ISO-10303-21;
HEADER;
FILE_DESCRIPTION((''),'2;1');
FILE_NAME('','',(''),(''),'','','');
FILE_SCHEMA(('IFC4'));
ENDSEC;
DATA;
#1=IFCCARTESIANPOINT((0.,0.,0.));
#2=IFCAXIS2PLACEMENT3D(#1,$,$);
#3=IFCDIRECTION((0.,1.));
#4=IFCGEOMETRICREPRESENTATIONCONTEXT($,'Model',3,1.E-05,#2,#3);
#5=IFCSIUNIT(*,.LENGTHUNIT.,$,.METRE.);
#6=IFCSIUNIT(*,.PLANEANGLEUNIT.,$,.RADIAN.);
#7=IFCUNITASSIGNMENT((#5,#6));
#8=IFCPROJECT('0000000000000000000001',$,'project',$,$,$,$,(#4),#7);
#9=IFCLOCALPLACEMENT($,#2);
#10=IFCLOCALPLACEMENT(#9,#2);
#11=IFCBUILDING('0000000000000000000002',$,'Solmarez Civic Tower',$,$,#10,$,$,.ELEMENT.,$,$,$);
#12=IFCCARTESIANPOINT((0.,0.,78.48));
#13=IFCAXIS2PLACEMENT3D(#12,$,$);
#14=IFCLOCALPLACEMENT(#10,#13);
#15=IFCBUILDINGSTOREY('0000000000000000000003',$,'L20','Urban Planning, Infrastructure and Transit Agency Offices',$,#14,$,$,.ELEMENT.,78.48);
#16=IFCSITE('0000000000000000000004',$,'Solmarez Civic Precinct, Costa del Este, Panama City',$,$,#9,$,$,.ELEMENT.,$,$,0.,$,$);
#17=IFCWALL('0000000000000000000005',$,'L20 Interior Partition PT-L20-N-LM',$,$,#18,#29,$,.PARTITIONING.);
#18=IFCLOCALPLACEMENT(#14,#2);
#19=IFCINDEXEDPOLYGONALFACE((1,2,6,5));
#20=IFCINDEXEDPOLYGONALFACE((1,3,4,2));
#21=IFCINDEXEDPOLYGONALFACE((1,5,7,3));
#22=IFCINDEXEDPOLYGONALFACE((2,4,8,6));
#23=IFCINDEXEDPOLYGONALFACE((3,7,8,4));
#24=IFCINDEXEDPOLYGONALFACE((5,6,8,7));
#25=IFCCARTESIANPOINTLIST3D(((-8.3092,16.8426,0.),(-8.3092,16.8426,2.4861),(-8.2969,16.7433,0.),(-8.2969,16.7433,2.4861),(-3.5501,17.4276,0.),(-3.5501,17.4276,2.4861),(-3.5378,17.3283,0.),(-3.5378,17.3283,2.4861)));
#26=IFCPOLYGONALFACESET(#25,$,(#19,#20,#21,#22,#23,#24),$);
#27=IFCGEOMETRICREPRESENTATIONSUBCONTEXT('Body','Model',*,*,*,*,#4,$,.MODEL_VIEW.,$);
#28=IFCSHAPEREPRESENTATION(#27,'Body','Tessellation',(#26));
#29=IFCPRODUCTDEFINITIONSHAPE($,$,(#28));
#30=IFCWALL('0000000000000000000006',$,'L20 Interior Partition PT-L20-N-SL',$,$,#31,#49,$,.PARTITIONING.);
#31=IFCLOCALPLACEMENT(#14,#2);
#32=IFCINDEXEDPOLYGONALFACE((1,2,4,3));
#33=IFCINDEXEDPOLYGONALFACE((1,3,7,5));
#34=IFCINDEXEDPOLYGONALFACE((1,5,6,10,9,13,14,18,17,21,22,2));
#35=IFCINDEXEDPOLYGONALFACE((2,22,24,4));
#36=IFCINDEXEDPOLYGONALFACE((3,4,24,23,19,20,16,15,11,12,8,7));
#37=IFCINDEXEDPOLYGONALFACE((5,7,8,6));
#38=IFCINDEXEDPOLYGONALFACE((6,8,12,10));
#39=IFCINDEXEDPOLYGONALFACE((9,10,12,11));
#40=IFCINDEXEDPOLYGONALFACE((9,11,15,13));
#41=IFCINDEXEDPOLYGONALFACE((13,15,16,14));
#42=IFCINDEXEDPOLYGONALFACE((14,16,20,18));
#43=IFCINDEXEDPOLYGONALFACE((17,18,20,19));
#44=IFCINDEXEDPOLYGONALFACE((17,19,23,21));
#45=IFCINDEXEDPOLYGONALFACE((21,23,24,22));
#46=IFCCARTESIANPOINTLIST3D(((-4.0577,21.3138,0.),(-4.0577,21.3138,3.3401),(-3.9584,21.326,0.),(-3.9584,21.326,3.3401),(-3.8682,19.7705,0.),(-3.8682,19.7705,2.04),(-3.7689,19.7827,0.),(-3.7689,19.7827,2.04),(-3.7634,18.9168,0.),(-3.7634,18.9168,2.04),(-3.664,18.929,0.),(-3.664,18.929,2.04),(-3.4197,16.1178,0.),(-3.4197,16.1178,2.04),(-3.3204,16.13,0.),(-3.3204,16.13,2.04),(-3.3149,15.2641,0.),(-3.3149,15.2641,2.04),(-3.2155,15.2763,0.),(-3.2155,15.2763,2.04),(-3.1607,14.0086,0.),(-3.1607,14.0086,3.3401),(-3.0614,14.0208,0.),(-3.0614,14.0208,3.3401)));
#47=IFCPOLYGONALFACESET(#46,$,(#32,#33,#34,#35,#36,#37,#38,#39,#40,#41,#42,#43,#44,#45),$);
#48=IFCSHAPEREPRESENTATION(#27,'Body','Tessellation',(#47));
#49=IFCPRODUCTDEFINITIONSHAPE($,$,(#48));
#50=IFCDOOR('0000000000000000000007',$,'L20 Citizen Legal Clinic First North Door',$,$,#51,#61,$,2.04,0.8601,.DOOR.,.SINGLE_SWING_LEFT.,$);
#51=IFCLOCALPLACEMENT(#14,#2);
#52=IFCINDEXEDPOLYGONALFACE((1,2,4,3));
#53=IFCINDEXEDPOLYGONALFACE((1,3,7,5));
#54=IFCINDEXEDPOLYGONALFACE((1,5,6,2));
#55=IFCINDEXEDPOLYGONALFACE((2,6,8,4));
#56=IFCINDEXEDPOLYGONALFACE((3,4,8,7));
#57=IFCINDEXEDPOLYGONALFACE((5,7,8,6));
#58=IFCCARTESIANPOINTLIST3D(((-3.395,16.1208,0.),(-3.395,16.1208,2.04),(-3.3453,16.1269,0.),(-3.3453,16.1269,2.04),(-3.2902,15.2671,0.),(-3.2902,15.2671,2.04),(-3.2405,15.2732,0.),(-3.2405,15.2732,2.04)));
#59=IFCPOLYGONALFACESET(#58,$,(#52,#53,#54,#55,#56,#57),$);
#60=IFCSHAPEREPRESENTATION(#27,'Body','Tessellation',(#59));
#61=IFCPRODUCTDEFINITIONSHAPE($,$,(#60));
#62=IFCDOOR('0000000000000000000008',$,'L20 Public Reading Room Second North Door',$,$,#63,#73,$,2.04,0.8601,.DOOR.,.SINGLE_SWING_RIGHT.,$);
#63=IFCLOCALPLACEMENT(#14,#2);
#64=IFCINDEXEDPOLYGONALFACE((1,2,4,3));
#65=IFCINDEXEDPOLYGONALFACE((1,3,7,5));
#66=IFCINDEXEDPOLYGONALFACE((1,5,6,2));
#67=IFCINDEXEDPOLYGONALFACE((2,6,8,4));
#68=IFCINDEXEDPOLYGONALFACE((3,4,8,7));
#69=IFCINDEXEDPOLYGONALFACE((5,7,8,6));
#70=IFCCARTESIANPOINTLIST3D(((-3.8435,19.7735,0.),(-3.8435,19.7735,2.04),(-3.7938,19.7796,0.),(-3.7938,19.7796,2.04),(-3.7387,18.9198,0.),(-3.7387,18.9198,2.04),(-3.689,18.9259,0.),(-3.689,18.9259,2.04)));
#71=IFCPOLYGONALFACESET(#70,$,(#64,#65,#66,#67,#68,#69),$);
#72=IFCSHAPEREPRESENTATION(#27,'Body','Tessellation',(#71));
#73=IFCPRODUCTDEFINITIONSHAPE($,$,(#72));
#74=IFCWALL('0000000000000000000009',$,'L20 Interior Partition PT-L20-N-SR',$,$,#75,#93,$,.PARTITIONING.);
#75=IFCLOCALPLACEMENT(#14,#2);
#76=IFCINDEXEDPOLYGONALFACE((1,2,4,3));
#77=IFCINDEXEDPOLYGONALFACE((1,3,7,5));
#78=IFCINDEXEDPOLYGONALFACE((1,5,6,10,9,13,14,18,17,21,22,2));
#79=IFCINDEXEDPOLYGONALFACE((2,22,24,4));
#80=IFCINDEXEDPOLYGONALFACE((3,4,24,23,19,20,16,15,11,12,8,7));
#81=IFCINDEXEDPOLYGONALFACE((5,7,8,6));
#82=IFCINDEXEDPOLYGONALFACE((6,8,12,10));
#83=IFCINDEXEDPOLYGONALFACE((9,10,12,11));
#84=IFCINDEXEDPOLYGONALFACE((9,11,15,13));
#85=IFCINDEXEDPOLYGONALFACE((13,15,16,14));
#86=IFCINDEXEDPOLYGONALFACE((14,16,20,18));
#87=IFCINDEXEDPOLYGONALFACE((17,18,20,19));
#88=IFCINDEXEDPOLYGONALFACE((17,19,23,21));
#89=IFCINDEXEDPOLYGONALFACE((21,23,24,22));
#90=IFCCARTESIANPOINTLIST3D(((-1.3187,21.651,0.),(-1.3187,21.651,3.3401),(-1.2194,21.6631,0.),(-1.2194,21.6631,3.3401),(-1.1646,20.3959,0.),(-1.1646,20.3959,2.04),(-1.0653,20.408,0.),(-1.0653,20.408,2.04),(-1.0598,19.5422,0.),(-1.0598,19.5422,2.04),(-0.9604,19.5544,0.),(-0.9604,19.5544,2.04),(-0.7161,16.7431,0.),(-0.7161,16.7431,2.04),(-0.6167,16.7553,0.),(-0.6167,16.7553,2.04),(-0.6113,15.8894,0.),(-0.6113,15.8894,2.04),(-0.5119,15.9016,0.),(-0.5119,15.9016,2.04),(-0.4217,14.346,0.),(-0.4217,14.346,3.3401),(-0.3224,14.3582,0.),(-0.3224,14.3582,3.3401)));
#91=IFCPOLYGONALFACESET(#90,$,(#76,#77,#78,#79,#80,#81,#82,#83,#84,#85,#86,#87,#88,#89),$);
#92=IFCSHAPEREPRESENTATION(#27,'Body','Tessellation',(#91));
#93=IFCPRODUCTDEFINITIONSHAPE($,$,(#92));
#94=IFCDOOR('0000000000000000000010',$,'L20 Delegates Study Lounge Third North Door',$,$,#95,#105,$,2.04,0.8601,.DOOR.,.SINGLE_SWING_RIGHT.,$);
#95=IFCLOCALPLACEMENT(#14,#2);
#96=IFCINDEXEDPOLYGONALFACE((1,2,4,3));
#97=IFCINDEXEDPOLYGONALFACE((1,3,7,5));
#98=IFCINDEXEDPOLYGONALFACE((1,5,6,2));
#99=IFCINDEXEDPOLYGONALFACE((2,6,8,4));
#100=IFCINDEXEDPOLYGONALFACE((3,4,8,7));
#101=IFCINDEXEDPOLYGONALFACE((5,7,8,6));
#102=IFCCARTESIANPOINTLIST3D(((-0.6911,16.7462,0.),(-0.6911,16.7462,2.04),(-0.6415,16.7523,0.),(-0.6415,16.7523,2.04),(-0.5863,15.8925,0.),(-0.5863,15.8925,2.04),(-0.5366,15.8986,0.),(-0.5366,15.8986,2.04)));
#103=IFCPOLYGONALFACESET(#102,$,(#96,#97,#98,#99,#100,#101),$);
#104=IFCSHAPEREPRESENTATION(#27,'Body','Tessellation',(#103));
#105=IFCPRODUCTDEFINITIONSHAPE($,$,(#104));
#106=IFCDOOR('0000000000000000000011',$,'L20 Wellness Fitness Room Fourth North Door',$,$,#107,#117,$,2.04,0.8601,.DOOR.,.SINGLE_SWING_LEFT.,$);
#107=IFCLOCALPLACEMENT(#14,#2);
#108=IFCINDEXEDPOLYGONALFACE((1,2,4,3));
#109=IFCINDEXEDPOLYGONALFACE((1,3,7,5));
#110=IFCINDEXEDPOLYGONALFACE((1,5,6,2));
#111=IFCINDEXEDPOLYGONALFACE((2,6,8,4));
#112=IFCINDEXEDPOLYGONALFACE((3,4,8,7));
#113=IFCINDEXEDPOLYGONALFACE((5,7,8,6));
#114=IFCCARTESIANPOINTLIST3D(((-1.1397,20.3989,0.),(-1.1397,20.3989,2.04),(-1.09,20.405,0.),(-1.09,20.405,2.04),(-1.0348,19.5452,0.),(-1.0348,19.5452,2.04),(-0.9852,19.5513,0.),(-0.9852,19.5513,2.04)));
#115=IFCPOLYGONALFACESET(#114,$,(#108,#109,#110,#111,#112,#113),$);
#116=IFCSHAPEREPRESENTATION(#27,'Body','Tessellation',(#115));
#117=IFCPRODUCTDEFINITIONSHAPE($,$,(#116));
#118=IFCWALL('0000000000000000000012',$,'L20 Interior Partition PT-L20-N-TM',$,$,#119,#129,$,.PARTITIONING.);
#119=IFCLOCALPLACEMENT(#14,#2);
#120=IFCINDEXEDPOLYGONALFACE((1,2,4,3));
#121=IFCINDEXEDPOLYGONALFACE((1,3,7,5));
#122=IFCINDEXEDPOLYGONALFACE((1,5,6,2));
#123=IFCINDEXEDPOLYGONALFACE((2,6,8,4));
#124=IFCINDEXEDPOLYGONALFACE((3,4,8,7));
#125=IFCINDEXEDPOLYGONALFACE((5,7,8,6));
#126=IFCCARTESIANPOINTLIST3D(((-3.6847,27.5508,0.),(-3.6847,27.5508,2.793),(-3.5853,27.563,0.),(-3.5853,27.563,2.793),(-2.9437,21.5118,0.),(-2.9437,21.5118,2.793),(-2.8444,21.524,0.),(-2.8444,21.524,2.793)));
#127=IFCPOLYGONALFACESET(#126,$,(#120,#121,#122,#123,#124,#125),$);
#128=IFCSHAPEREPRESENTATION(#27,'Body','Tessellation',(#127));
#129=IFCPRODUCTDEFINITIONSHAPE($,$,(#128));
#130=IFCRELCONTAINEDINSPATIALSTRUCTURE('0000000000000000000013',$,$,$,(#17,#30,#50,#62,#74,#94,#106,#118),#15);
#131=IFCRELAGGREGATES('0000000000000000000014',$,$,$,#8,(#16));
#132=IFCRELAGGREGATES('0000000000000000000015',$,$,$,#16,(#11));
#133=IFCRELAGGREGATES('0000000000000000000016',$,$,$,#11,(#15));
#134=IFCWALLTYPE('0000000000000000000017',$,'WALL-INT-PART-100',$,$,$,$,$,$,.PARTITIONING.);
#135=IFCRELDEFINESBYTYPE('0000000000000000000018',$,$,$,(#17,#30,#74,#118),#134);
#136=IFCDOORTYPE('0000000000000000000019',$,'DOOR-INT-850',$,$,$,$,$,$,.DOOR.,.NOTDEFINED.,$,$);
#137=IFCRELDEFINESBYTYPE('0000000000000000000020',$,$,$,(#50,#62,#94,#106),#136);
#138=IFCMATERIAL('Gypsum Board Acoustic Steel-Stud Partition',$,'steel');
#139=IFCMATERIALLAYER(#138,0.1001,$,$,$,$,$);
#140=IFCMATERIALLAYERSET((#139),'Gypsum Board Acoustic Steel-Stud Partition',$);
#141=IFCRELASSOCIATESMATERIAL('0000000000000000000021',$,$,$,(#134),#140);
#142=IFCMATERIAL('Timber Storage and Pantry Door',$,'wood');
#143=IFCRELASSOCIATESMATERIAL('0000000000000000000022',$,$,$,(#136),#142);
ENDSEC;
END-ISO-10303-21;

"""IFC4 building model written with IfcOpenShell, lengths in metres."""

from ifc_helpers import new_model, si_unit, direction, frame, frame_2d, origin, place, context, subcontext, project, spatial, rectangle, extrude, material, layer, layer_set, type_object, element, fill, save


model = new_model("IFC4")

# Units and contexts
model_context = context("Model", 3, precision=1e-05, world=origin(), true_north=direction((0.0, 1.0)))
body_context = subcontext(model_context, "Body", "Model", "MODEL_VIEW")
ifc_project = project(units=[si_unit("LENGTHUNIT", "METRE"), si_unit("PLANEANGLEUNIT", "RADIAN")], contexts=[model_context])

# Site, building, storey
site_placement = place(None, origin())
site = spatial("IfcSite", under=ifc_project, at=site_placement, Name="Solmarez Civic Precinct, Costa del Este, Panama City", CompositionType="ELEMENT", RefElevation=0.0)
building_placement = place(site_placement, origin())
building = spatial("IfcBuilding", under=site, at=building_placement, Name="Solmarez Civic Tower", CompositionType="ELEMENT")
storey_placement = place(building_placement, frame((0.0, 0.0, 78.48)))
storey = spatial("IfcBuildingStorey", under=building, at=storey_placement, Name="L20", Description="Urban Planning, Infrastructure and Transit Agency Offices", CompositionType="ELEMENT", Elevation=78.48)

# Wall
ifc_material_1 = material(Name="Gypsum Board Acoustic Steel-Stud Partition", Category="steel")
ifc_layer_1 = layer(ifc_material_1, 0.1001)
ifc_layer_set_1 = layer_set([ifc_layer_1], Name="Gypsum Board Acoustic Steel-Stud Partition")
wall_type_1 = type_object("IfcWallType", Name="WALL-INT-PART-100", PredefinedType="PARTITIONING", material=ifc_layer_set_1)
wall_1_placement = place(storey_placement, frame((-3.5439, 17.3779, 0.0), z_axis=(0.0, 0.0, 1.0), x_axis=(-0.99253, -0.121998, 0.0)))
element("IfcWall", 1, at=wall_1_placement, inside=storey, type_object=wall_type_1, Name="L20 Interior Partition PT-L20-N-LM", PredefinedType="PARTITIONING", context=body_context, shape_type="SweptSolid", body=[
    extrude(rectangle(XDim=4.7949, YDim=0.1001, at=frame_2d((2.3975, 0.0))), origin(), (0.0, 0.0, 1.0), 2.4861),
])

# Walls, openings, doors
wall_2_placement = place(storey_placement, frame((-4.0081, 21.3201, 0.0), z_axis=(0.0, 0.0, 1.0), x_axis=(0.121871, -0.992546, 0.0)))
wall_2 = element("IfcWall", 2, at=wall_2_placement, inside=storey, type_object=wall_type_1, Name="L20 Interior Partition PT-L20-N-SL", PredefinedType="PARTITIONING", context=body_context, shape_type="SweptSolid", body=[
    extrude(rectangle(XDim=7.3601, YDim=0.1001, at=frame_2d((3.6802, 0.0))), origin(), (0.0, 0.0, 1.0), 3.3401),
])
opening_1_placement = place(wall_2_placement, frame((5.2351, 0.0, 0.0)))
opening_1 = element("IfcOpeningElement", 3, at=opening_1_placement, cuts=wall_2, PredefinedType="OPENING", context=body_context, shape_type="SweptSolid", body=[
    extrude(rectangle(XDim=0.8601, YDim=2.04, at=frame_2d((0.4302, 1.02))), frame((0.0, 0.0601, 0.0), z_axis=(0.0, -1.0, 0.0), x_axis=(1.0, 0.0, 0.0)), (0.0, 0.0, 1.0), 0.1201),
])
opening_2_placement = place(wall_2_placement, frame((1.5549, 0.0, 0.0)))
opening_2 = element("IfcOpeningElement", 4, at=opening_2_placement, cuts=wall_2, PredefinedType="OPENING", context=body_context, shape_type="SweptSolid", body=[
    extrude(rectangle(XDim=0.8601, YDim=2.04, at=frame_2d((0.4302, 1.02))), frame((0.0, 0.0601, 0.0), z_axis=(0.0, -1.0, 0.0), x_axis=(1.0, 0.0, 0.0)), (0.0, 0.0, 1.0), 0.1201),
])
ifc_material_2 = material(Name="Timber Storage and Pantry Door", Category="wood")
door_type = type_object("IfcDoorType", Name="DOOR-INT-850", OperationType="NOTDEFINED", PredefinedType="DOOR", material=ifc_material_2)
door_1_placement = place(opening_1_placement, origin())
door_1 = element("IfcDoor", 5, at=door_1_placement, inside=storey, type_object=door_type, Name="L20 Citizen Legal Clinic First North Door", OperationType="SINGLE_SWING_LEFT", OverallHeight=2.04, OverallWidth=0.8601, PredefinedType="DOOR", context=body_context, shape_type="SweptSolid", body=[
    extrude(rectangle(XDim=0.8601, YDim=2.04, at=frame_2d((0.4302, 1.02))), frame((0.0, 0.0249, 0.0), z_axis=(0.0, -1.0, 0.0), x_axis=(1.0, 0.0, 0.0)), (0.0, 0.0, 1.0), 0.05),
])
fill(opening_1, door_1)
door_2_placement = place(opening_2_placement, origin())
door_2 = element("IfcDoor", 6, at=door_2_placement, inside=storey, type_object=door_type, Name="L20 Public Reading Room Second North Door", OperationType="SINGLE_SWING_RIGHT", OverallHeight=2.04, OverallWidth=0.8601, PredefinedType="DOOR", context=body_context, shape_type="SweptSolid", body=[
    extrude(rectangle(XDim=0.8601, YDim=2.04, at=frame_2d((0.4302, 1.02))), frame((0.0, 0.0249, 0.0), z_axis=(0.0, -1.0, 0.0), x_axis=(1.0, 0.0, 0.0)), (0.0, 0.0, 1.0), 0.05),
])
fill(opening_2, door_2)
wall_3_placement = place(storey_placement, frame((-0.3721, 14.3521, 0.0), z_axis=(0.0, 0.0, 1.0), x_axis=(-0.121875, 0.992545, 0.0)))
wall_3 = element("IfcWall", 7, at=wall_3_placement, inside=storey, type_object=wall_type_1, Name="L20 Interior Partition PT-L20-N-SR", PredefinedType="PARTITIONING", context=body_context, shape_type="SweptSolid", body=[
    extrude(rectangle(XDim=7.3599, YDim=0.1001, at=frame_2d((3.6799, 0.0))), origin(), (0.0, 0.0, 1.0), 3.3401),
])
opening_3_placement = place(wall_3_placement, frame((1.5549, 0.0, 0.0)))
opening_3 = element("IfcOpeningElement", 8, at=opening_3_placement, cuts=wall_3, PredefinedType="OPENING", context=body_context, shape_type="SweptSolid", body=[
    extrude(rectangle(XDim=0.8601, YDim=2.04, at=frame_2d((0.4302, 1.02))), frame((0.0, 0.0601, 0.0), z_axis=(0.0, -1.0, 0.0), x_axis=(1.0, 0.0, 0.0)), (0.0, 0.0, 1.0), 0.1201),
])
opening_4_placement = place(wall_3_placement, frame((5.2351, 0.0, 0.0)))
opening_4 = element("IfcOpeningElement", 9, at=opening_4_placement, cuts=wall_3, PredefinedType="OPENING", context=body_context, shape_type="SweptSolid", body=[
    extrude(rectangle(XDim=0.8601, YDim=2.04, at=frame_2d((0.4302, 1.02))), frame((0.0, 0.0601, 0.0), z_axis=(0.0, -1.0, 0.0), x_axis=(1.0, 0.0, 0.0)), (0.0, 0.0, 1.0), 0.1201),
])
door_3_placement = place(opening_3_placement, origin())
door_3 = element("IfcDoor", 10, at=door_3_placement, inside=storey, type_object=door_type, Name="L20 Delegates Study Lounge Third North Door", OperationType="SINGLE_SWING_RIGHT", OverallHeight=2.04, OverallWidth=0.8601, PredefinedType="DOOR", context=body_context, shape_type="SweptSolid", body=[
    extrude(rectangle(XDim=0.8601, YDim=2.04, at=frame_2d((0.4302, 1.02))), frame((0.0, 0.0249, 0.0), z_axis=(0.0, -1.0, 0.0), x_axis=(1.0, 0.0, 0.0)), (0.0, 0.0, 1.0), 0.05),
])
fill(opening_3, door_3)
door_4_placement = place(opening_4_placement, origin())
door_4 = element("IfcDoor", 11, at=door_4_placement, inside=storey, type_object=door_type, Name="L20 Wellness Fitness Room Fourth North Door", OperationType="SINGLE_SWING_LEFT", OverallHeight=2.04, OverallWidth=0.8601, PredefinedType="DOOR", context=body_context, shape_type="SweptSolid", body=[
    extrude(rectangle(XDim=0.8601, YDim=2.04, at=frame_2d((0.4302, 1.02))), frame((0.0, 0.0249, 0.0), z_axis=(0.0, -1.0, 0.0), x_axis=(1.0, 0.0, 0.0)), (0.0, 0.0, 1.0), 0.05),
])
fill(opening_4, door_4)

# Wall
wall_4_placement = place(storey_placement, frame((-2.894, 21.5181, 0.0), z_axis=(0.0, 0.0, 1.0), x_axis=(-0.121787, 0.992556, 0.0)))
element("IfcWall", 12, at=wall_4_placement, inside=storey, type_object=wall_type_1, Name="L20 Interior Partition PT-L20-N-TM", PredefinedType="PARTITIONING", context=body_context, shape_type="SweptSolid", body=[
    extrude(rectangle(XDim=6.0842, YDim=0.1001, at=frame_2d((3.042, 0.0))), origin(), (0.0, 0.0, 1.0), 2.793),
])

save(model, "model.ifc")
